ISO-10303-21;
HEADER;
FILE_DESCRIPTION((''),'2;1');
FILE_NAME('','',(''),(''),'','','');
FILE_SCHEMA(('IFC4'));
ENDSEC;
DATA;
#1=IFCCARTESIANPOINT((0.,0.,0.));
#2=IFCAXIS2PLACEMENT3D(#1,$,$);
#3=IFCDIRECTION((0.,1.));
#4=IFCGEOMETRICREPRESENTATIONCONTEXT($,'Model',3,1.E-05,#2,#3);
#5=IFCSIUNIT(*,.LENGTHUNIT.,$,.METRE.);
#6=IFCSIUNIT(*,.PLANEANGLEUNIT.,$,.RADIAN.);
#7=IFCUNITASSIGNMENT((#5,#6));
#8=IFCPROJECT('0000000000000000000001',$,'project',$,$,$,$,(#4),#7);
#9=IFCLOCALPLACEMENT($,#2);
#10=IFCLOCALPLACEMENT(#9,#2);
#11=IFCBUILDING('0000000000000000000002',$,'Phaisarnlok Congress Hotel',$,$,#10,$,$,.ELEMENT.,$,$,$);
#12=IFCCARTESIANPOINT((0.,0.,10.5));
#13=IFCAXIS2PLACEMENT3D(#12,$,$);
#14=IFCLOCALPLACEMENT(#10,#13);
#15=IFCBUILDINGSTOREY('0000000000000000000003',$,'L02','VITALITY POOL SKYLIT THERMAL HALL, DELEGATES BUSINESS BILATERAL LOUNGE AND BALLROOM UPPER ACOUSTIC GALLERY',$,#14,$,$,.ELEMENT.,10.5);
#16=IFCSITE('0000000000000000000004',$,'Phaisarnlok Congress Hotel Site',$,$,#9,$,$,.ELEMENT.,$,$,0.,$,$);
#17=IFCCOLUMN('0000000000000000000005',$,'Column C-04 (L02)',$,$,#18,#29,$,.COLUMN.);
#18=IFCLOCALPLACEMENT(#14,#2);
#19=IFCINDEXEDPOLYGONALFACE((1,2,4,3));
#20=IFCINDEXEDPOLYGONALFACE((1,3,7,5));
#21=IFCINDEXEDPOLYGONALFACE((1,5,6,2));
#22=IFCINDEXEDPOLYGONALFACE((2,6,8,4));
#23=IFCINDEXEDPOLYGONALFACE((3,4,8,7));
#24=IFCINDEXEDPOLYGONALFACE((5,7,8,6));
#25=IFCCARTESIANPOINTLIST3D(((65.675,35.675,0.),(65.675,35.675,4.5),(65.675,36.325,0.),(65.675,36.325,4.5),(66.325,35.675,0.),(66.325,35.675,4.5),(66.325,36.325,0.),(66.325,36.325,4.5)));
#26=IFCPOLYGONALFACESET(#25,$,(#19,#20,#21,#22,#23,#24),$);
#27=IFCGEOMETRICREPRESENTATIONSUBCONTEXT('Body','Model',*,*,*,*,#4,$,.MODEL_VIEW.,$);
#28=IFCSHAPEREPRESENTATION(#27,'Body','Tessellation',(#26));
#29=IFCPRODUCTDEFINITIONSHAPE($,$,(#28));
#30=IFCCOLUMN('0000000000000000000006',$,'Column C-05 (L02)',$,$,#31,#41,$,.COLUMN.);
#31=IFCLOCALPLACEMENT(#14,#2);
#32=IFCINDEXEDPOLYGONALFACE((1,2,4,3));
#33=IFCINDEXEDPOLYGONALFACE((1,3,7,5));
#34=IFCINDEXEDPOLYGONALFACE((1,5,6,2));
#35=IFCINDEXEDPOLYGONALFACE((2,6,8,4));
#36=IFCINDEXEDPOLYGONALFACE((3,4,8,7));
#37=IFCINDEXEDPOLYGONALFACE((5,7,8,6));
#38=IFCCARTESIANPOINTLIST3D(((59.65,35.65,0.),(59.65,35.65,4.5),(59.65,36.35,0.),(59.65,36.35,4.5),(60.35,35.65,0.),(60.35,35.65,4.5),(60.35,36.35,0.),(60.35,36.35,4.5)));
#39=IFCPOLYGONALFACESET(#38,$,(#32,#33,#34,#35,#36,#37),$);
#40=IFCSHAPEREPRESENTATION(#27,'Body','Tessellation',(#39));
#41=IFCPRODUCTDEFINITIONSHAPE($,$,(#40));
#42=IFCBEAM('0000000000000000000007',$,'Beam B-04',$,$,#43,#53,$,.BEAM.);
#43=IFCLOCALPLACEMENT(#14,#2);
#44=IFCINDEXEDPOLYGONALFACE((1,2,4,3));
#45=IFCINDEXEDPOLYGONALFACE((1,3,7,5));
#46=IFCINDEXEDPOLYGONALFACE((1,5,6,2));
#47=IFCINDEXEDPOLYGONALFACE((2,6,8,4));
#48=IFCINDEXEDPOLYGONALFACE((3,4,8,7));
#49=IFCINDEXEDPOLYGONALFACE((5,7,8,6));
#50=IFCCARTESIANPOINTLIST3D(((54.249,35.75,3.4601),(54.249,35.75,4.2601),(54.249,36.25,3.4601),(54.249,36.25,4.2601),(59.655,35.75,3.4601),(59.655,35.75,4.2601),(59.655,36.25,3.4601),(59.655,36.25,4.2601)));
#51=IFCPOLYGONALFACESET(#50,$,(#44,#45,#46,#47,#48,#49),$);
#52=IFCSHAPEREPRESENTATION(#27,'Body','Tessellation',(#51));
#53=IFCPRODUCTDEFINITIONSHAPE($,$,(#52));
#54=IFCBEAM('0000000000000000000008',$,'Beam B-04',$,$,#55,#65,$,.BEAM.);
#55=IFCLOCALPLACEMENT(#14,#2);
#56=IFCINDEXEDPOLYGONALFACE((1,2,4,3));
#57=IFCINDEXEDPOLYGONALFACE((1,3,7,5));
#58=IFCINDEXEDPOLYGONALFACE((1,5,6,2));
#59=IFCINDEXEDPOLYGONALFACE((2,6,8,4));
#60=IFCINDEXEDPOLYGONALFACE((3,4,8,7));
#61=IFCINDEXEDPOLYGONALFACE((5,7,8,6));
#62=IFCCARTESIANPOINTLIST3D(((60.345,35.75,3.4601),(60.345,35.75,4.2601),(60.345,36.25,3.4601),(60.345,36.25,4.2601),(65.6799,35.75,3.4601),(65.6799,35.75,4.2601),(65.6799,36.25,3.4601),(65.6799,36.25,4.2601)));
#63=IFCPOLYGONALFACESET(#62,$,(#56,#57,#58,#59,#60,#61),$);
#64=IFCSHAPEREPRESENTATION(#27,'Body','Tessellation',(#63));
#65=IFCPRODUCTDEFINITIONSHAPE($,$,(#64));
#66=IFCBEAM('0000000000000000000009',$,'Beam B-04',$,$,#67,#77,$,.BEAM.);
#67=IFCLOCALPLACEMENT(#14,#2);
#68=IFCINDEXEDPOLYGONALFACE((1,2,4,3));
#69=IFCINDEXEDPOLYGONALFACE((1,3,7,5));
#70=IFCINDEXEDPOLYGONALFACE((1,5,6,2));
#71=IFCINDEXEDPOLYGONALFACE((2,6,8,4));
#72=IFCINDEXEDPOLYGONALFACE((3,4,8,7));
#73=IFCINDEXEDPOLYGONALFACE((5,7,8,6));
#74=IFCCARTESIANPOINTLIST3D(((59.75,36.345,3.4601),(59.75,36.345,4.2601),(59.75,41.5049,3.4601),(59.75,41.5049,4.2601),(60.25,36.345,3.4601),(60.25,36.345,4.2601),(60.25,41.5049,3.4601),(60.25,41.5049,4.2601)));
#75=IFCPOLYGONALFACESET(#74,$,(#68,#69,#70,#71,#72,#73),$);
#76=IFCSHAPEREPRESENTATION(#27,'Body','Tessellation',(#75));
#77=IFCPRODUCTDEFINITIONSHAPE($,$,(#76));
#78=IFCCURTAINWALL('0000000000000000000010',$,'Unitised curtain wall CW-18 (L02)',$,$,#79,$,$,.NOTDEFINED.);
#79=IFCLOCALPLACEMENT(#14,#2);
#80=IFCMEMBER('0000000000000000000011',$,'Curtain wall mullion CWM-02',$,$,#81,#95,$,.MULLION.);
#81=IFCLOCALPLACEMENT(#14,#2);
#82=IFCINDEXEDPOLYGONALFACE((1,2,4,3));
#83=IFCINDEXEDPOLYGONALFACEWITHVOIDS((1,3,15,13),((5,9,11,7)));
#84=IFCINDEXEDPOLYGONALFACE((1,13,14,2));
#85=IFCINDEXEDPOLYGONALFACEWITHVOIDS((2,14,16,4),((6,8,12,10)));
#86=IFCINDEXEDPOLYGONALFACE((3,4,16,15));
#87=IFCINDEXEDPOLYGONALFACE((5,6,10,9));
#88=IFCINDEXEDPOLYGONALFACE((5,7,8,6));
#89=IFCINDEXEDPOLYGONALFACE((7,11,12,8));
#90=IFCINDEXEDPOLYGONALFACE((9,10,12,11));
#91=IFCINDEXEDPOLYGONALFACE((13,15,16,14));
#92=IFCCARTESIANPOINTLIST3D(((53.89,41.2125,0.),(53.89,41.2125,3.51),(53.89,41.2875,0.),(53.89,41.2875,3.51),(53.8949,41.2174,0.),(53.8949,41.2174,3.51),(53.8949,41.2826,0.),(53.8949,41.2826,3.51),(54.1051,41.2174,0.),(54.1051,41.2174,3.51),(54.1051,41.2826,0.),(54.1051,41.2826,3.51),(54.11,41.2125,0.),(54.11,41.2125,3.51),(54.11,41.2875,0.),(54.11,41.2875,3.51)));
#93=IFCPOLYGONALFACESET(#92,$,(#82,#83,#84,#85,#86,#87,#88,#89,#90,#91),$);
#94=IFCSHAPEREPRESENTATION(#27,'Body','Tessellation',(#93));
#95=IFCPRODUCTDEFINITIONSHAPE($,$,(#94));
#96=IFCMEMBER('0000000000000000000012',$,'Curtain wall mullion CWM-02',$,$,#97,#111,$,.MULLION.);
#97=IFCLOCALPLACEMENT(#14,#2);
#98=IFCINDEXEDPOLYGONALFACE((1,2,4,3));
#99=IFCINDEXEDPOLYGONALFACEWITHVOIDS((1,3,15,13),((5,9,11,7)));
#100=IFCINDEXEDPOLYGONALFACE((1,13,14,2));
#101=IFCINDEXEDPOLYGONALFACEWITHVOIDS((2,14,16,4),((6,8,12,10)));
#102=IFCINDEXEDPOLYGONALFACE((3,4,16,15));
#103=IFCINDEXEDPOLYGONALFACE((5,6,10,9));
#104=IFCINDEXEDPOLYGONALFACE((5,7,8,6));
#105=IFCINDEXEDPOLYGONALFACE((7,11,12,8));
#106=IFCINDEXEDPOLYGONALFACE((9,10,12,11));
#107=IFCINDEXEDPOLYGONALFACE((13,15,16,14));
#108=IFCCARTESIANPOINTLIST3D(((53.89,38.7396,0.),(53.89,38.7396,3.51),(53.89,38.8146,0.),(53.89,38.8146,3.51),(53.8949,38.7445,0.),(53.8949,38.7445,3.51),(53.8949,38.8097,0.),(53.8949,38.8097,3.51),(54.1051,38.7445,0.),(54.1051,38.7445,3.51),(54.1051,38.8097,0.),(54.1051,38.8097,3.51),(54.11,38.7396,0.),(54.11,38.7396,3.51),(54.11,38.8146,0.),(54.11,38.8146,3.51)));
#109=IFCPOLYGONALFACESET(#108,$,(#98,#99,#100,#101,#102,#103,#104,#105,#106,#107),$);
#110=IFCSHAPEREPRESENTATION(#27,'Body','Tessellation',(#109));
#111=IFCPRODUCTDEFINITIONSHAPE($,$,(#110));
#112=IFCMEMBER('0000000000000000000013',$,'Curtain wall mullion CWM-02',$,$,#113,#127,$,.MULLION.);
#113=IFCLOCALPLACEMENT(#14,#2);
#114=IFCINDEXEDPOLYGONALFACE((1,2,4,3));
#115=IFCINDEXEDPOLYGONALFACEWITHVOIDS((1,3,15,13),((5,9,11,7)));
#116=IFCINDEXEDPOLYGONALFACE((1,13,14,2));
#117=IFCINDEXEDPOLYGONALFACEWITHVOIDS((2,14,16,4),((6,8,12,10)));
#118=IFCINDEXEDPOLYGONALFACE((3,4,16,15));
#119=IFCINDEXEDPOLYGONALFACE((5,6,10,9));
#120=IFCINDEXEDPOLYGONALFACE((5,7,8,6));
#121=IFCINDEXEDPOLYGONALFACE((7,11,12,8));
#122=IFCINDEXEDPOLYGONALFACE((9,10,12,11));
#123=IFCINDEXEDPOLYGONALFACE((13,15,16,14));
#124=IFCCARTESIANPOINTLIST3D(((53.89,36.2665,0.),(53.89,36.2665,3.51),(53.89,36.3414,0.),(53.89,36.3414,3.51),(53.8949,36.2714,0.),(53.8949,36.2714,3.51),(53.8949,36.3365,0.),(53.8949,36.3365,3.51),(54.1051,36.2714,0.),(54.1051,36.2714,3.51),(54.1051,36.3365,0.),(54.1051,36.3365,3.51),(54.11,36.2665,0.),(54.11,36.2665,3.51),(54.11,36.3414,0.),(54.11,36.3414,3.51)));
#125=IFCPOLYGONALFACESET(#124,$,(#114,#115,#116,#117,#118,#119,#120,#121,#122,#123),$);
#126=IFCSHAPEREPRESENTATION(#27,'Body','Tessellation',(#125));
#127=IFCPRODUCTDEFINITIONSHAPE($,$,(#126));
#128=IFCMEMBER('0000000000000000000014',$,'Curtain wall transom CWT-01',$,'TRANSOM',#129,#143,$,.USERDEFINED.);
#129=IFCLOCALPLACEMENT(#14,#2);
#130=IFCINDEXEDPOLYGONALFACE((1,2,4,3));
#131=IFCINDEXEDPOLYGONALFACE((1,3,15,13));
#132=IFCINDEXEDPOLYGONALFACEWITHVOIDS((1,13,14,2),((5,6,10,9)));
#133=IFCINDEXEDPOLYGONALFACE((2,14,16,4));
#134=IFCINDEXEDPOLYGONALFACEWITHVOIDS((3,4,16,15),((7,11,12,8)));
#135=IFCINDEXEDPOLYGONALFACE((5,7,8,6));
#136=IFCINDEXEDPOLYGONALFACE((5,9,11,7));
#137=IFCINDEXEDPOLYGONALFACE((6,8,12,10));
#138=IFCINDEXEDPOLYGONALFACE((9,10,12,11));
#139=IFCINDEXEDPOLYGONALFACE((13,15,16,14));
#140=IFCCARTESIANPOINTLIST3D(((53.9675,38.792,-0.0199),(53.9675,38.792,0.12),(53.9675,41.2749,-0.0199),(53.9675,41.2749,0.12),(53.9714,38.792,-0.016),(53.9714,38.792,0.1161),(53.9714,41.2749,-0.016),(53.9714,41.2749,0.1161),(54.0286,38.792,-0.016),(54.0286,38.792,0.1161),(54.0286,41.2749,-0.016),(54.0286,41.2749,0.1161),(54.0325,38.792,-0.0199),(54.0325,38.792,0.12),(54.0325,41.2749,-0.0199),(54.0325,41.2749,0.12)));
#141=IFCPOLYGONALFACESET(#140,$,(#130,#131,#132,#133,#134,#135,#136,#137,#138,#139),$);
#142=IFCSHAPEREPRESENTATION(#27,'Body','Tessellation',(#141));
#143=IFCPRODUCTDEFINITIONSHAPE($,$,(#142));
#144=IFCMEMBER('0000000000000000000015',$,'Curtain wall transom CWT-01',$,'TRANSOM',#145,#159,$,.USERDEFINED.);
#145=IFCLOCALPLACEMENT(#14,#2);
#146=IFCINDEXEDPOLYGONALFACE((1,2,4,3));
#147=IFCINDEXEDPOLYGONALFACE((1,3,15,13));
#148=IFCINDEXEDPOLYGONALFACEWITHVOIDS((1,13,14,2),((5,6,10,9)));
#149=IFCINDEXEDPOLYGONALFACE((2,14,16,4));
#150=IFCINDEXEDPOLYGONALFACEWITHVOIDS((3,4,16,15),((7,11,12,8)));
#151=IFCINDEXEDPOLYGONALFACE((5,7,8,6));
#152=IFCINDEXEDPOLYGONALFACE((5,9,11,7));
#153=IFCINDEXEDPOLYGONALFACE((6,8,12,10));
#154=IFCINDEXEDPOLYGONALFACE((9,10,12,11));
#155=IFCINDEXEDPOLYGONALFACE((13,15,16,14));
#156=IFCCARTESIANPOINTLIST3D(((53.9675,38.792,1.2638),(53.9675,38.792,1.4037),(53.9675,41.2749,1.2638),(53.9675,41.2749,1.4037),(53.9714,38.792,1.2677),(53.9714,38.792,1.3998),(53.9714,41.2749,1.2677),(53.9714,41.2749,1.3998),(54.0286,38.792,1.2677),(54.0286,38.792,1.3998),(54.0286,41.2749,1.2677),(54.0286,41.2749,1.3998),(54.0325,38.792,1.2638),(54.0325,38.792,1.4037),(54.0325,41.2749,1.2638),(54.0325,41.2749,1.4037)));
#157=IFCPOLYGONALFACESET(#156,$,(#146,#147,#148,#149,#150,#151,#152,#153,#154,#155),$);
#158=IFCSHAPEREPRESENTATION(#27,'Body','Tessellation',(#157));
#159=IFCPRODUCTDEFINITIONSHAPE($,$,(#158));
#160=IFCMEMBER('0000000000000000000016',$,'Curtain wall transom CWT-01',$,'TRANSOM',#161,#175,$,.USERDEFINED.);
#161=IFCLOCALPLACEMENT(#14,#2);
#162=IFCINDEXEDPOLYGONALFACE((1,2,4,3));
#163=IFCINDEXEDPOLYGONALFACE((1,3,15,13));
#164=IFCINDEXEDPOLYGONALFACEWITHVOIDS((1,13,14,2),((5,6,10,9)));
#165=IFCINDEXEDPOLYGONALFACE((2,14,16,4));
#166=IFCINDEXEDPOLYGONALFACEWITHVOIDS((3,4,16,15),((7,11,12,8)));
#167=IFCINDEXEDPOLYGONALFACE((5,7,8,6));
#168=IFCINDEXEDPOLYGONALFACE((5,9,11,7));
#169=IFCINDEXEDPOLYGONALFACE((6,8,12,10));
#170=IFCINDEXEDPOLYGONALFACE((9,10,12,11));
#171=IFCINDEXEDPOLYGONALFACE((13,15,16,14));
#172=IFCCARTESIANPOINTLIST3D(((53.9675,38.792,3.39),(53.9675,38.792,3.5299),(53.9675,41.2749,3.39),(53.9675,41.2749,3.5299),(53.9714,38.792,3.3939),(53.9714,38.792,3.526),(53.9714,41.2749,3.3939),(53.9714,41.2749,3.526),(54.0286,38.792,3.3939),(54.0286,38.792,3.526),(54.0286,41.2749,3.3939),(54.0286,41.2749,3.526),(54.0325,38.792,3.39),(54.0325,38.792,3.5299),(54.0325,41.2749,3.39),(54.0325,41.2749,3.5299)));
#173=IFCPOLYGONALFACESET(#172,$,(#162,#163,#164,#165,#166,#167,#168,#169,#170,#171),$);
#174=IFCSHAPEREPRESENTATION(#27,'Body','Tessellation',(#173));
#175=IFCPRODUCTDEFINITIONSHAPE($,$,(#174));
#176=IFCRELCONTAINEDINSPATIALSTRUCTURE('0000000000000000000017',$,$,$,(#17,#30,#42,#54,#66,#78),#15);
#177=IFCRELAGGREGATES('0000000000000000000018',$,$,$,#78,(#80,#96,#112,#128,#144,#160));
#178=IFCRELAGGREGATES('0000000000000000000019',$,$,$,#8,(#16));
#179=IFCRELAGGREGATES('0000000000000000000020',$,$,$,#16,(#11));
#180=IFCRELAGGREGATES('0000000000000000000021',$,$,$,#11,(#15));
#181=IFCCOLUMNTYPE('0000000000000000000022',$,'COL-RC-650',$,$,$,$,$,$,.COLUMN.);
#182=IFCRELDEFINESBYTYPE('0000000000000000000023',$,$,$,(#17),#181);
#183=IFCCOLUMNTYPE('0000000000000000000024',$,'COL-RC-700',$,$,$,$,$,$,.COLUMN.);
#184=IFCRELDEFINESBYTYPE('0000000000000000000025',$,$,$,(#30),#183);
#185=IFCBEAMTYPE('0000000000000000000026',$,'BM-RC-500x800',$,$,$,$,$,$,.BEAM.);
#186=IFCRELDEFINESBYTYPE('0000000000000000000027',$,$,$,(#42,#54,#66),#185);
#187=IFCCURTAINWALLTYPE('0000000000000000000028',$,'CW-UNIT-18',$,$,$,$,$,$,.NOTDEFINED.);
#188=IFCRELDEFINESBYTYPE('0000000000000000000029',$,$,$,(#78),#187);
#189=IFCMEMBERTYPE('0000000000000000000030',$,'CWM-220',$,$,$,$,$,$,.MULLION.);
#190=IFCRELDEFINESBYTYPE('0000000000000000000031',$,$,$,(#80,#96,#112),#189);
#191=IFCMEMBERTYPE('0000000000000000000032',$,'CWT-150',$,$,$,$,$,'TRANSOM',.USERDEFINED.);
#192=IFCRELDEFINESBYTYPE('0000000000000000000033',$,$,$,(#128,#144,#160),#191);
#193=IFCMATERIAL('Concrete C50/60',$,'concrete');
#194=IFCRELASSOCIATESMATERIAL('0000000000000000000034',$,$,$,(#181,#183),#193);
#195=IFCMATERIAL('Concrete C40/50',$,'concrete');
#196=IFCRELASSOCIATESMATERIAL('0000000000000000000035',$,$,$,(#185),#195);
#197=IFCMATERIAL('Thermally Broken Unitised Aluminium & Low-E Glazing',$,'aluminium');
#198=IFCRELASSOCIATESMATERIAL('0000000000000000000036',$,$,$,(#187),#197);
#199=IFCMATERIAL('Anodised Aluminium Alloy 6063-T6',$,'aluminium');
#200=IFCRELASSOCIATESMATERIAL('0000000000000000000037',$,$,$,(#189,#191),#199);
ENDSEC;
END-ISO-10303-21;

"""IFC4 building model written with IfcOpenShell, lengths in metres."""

from ifc_helpers import new_model, si_unit, direction, frame, origin, origin_2d, place, context, subcontext, project, spatial, rectangle, hollow_rectangle, extrude, material, material_profile, profile_set, type_object, element, aggregate, save


model = new_model("IFC4")

# Units and contexts
model_context = context("Model", 3, precision=1e-05, world=origin(), true_north=direction((0.0, 1.0)))
body_context = subcontext(model_context, "Body", "Model", "MODEL_VIEW")
ifc_project = project(units=[si_unit("LENGTHUNIT", "METRE"), si_unit("PLANEANGLEUNIT", "RADIAN")], contexts=[model_context])

# Site, building, storey
site_placement = place(None, origin())
site = spatial("IfcSite", under=ifc_project, at=site_placement, Name="Phaisarnlok Congress Hotel Site", CompositionType="ELEMENT", RefElevation=0.0)
building_placement = place(site_placement, origin())
building = spatial("IfcBuilding", under=site, at=building_placement, Name="Phaisarnlok Congress Hotel", CompositionType="ELEMENT")
storey_placement = place(building_placement, frame((0.0, 0.0, 10.5)))
storey = spatial("IfcBuildingStorey", under=building, at=storey_placement, Name="L02", Description="VITALITY POOL SKYLIT THERMAL HALL, DELEGATES BUSINESS BILATERAL LOUNGE AND BALLROOM UPPER ACOUSTIC GALLERY", CompositionType="ELEMENT", Elevation=10.5)

# Columns
ifc_material_1 = material(Name="Concrete C50/60", Category="concrete")
ifc_material_profile_1 = material_profile(ifc_material_1, rectangle(XDim=0.6499, YDim=0.6499, at=origin_2d()), Name="RC 650x650")
ifc_profile_set_1 = profile_set([ifc_material_profile_1], Name="Concrete C50/60")
column_type_1 = type_object("IfcColumnType", Name="COL-RC-650", PredefinedType="COLUMN", material=ifc_profile_set_1)
column_1_placement = place(storey_placement, frame((66.0, 36.0, 0.0), z_axis=(0.0, 0.0, 1.0), x_axis=(1.0, 0.0, 0.0)))
element("IfcColumn", 1, at=column_1_placement, inside=storey, type_object=column_type_1, Name="Column C-04 (L02)", PredefinedType="COLUMN", context=body_context, shape_type="SweptSolid", body=[
    extrude(rectangle(XDim=0.6499, YDim=0.6499, at=origin_2d()), origin(), (0.0, 0.0, 1.0), 4.5),
])
ifc_material_profile_2 = material_profile(ifc_material_1, rectangle(XDim=0.7, YDim=0.7, at=origin_2d()), Name="RC 700x700")
ifc_profile_set_2 = profile_set([ifc_material_profile_2], Name="Concrete C50/60")
column_type_2 = type_object("IfcColumnType", Name="COL-RC-700", PredefinedType="COLUMN", material=ifc_profile_set_2)
column_2_placement = place(storey_placement, frame((60.0, 36.0, 0.0), z_axis=(0.0, 0.0, 1.0), x_axis=(1.0, 0.0, 0.0)))
element("IfcColumn", 2, at=column_2_placement, inside=storey, type_object=column_type_2, Name="Column C-05 (L02)", PredefinedType="COLUMN", context=body_context, shape_type="SweptSolid", body=[
    extrude(rectangle(XDim=0.7, YDim=0.7, at=origin_2d()), origin(), (0.0, 0.0, 1.0), 4.5),
])

# Beams
ifc_material_2 = material(Name="Concrete C40/50", Category="concrete")
ifc_material_profile_3 = material_profile(ifc_material_2, rectangle(XDim=0.5, YDim=0.8, at=origin_2d()), Name="RC 500x800")
ifc_profile_set_3 = profile_set([ifc_material_profile_3], Name="Concrete C40/50")
beam_type_1 = type_object("IfcBeamType", Name="BM-RC-500x800", PredefinedType="BEAM", material=ifc_profile_set_3)
beam_1_placement = place(storey_placement, frame((54.249, 36.0, 3.8601), z_axis=(1.0, 0.0, 0.0), x_axis=(0.0, 1.0, 0.0)))
element("IfcBeam", 3, at=beam_1_placement, inside=storey, type_object=beam_type_1, Name="Beam B-04", PredefinedType="BEAM", context=body_context, shape_type="SweptSolid", body=[
    extrude(rectangle(XDim=0.5, YDim=0.8, at=origin_2d()), origin(), (0.0, 0.0, 1.0), 5.406),
])
beam_2_placement = place(storey_placement, frame((60.345, 36.0, 3.8601), z_axis=(1.0, 0.0, 0.0), x_axis=(0.0, 1.0, 0.0)))
element("IfcBeam", 4, at=beam_2_placement, inside=storey, type_object=beam_type_1, Name="Beam B-04", PredefinedType="BEAM", context=body_context, shape_type="SweptSolid", body=[
    extrude(rectangle(XDim=0.5, YDim=0.8, at=origin_2d()), origin(), (0.0, 0.0, 1.0), 5.335),
])
beam_3_placement = place(storey_placement, frame((60.0, 36.345, 3.8601), z_axis=(0.0, 1.0, 0.0), x_axis=(-1.0, 0.0, 0.0)))
element("IfcBeam", 5, at=beam_3_placement, inside=storey, type_object=beam_type_1, Name="Beam B-04", PredefinedType="BEAM", context=body_context, shape_type="SweptSolid", body=[
    extrude(rectangle(XDim=0.5, YDim=0.8, at=origin_2d()), origin(), (0.0, 0.0, 1.0), 5.1599),
])

# Curtain wall, members
ifc_material_3 = material(Name="Thermally Broken Unitised Aluminium & Low-E Glazing", Category="aluminium")
curtain_wall_type = type_object("IfcCurtainWallType", Name="CW-UNIT-18", PredefinedType="NOTDEFINED", material=ifc_material_3)
curtain_wall_placement = place(storey_placement, origin())
curtain_wall = element("IfcCurtainWall", 6, at=curtain_wall_placement, inside=storey, type_object=curtain_wall_type, Name="Unitised curtain wall CW-18 (L02)", PredefinedType="NOTDEFINED")
ifc_material_4 = material(Name="Anodised Aluminium Alloy 6063-T6", Category="aluminium")
ifc_material_profile_4 = material_profile(ifc_material_4, hollow_rectangle(XDim=0.075, YDim=0.22, WallThickness=0.0049, at=origin_2d()), Name="ALU-M 75x220x5")
ifc_profile_set_4 = profile_set([ifc_material_profile_4], Name="Anodised Aluminium Alloy 6063-T6")
member_type_1 = type_object("IfcMemberType", Name="CWM-220", PredefinedType="MULLION", material=ifc_profile_set_4)
member_1_placement = place(storey_placement, frame((54.0, 41.25, 0.0), z_axis=(0.0, 0.0, 1.0), x_axis=(0.0, -1.0, 0.0)))
member_1 = element("IfcMember", 7, at=member_1_placement, type_object=member_type_1, Name="Curtain wall mullion CWM-02", PredefinedType="MULLION", context=body_context, shape_type="SweptSolid", body=[
    extrude(hollow_rectangle(XDim=0.075, YDim=0.22, WallThickness=0.0049, at=origin_2d()), origin(), (0.0, 0.0, 1.0), 3.51),
])
member_2_placement = place(storey_placement, frame((54.0, 38.7771, 0.0), z_axis=(0.0, 0.0, 1.0), x_axis=(0.0, -1.0, 0.0)))
member_2 = element("IfcMember", 8, at=member_2_placement, type_object=member_type_1, Name="Curtain wall mullion CWM-02", PredefinedType="MULLION", context=body_context, shape_type="SweptSolid", body=[
    extrude(hollow_rectangle(XDim=0.075, YDim=0.22, WallThickness=0.0049, at=origin_2d()), origin(), (0.0, 0.0, 1.0), 3.51),
])
member_3_placement = place(storey_placement, frame((54.0, 36.304, 0.0), z_axis=(0.0, 0.0, 1.0), x_axis=(0.0, -1.0, 0.0)))
member_3 = element("IfcMember", 9, at=member_3_placement, type_object=member_type_1, Name="Curtain wall mullion CWM-02", PredefinedType="MULLION", context=body_context, shape_type="SweptSolid", body=[
    extrude(hollow_rectangle(XDim=0.075, YDim=0.22, WallThickness=0.0049, at=origin_2d()), origin(), (0.0, 0.0, 1.0), 3.51),
])
ifc_material_profile_5 = material_profile(ifc_material_4, hollow_rectangle(XDim=0.0649, YDim=0.1399, WallThickness=0.0039, at=origin_2d()), Name="ALU-T 65x140x4")
ifc_profile_set_5 = profile_set([ifc_material_profile_5], Name="Anodised Aluminium Alloy 6063-T6")
member_type_2 = type_object("IfcMemberType", Name="CWT-150", ElementType="TRANSOM", PredefinedType="USERDEFINED", material=ifc_profile_set_5)
member_4_placement = place(storey_placement, frame((54.0, 41.2749, 0.05), z_axis=(0.0, -1.0, 0.0), x_axis=(1.0, 0.0, 0.0)))
member_4 = element("IfcMember", 10, at=member_4_placement, type_object=member_type_2, Name="Curtain wall transom CWT-01", ObjectType="TRANSOM", PredefinedType="USERDEFINED", context=body_context, shape_type="SweptSolid", body=[
    extrude(hollow_rectangle(XDim=0.0649, YDim=0.1399, WallThickness=0.0039, at=origin_2d()), origin(), (0.0, 0.0, 1.0), 2.4829),
])
member_5_placement = place(storey_placement, frame((54.0, 41.2749, 1.3337), z_axis=(0.0, -1.0, 0.0), x_axis=(1.0, 0.0, 0.0)))
member_5 = element("IfcMember", 11, at=member_5_placement, type_object=member_type_2, Name="Curtain wall transom CWT-01", ObjectType="TRANSOM", PredefinedType="USERDEFINED", context=body_context, shape_type="SweptSolid", body=[
    extrude(hollow_rectangle(XDim=0.0649, YDim=0.1399, WallThickness=0.0039, at=origin_2d()), origin(), (0.0, 0.0, 1.0), 2.4829),
])
member_6_placement = place(storey_placement, frame((54.0, 41.2749, 3.46), z_axis=(0.0, -1.0, 0.0), x_axis=(1.0, 0.0, 0.0)))
member_6 = element("IfcMember", 12, at=member_6_placement, type_object=member_type_2, Name="Curtain wall transom CWT-01", ObjectType="TRANSOM", PredefinedType="USERDEFINED", context=body_context, shape_type="SweptSolid", body=[
    extrude(hollow_rectangle(XDim=0.0649, YDim=0.1399, WallThickness=0.0039, at=origin_2d()), origin(), (0.0, 0.0, 1.0), 2.4829),
])

aggregate(curtain_wall, [member_1, member_2, member_3, member_4, member_5, member_6])

save(model, "model.ifc")
